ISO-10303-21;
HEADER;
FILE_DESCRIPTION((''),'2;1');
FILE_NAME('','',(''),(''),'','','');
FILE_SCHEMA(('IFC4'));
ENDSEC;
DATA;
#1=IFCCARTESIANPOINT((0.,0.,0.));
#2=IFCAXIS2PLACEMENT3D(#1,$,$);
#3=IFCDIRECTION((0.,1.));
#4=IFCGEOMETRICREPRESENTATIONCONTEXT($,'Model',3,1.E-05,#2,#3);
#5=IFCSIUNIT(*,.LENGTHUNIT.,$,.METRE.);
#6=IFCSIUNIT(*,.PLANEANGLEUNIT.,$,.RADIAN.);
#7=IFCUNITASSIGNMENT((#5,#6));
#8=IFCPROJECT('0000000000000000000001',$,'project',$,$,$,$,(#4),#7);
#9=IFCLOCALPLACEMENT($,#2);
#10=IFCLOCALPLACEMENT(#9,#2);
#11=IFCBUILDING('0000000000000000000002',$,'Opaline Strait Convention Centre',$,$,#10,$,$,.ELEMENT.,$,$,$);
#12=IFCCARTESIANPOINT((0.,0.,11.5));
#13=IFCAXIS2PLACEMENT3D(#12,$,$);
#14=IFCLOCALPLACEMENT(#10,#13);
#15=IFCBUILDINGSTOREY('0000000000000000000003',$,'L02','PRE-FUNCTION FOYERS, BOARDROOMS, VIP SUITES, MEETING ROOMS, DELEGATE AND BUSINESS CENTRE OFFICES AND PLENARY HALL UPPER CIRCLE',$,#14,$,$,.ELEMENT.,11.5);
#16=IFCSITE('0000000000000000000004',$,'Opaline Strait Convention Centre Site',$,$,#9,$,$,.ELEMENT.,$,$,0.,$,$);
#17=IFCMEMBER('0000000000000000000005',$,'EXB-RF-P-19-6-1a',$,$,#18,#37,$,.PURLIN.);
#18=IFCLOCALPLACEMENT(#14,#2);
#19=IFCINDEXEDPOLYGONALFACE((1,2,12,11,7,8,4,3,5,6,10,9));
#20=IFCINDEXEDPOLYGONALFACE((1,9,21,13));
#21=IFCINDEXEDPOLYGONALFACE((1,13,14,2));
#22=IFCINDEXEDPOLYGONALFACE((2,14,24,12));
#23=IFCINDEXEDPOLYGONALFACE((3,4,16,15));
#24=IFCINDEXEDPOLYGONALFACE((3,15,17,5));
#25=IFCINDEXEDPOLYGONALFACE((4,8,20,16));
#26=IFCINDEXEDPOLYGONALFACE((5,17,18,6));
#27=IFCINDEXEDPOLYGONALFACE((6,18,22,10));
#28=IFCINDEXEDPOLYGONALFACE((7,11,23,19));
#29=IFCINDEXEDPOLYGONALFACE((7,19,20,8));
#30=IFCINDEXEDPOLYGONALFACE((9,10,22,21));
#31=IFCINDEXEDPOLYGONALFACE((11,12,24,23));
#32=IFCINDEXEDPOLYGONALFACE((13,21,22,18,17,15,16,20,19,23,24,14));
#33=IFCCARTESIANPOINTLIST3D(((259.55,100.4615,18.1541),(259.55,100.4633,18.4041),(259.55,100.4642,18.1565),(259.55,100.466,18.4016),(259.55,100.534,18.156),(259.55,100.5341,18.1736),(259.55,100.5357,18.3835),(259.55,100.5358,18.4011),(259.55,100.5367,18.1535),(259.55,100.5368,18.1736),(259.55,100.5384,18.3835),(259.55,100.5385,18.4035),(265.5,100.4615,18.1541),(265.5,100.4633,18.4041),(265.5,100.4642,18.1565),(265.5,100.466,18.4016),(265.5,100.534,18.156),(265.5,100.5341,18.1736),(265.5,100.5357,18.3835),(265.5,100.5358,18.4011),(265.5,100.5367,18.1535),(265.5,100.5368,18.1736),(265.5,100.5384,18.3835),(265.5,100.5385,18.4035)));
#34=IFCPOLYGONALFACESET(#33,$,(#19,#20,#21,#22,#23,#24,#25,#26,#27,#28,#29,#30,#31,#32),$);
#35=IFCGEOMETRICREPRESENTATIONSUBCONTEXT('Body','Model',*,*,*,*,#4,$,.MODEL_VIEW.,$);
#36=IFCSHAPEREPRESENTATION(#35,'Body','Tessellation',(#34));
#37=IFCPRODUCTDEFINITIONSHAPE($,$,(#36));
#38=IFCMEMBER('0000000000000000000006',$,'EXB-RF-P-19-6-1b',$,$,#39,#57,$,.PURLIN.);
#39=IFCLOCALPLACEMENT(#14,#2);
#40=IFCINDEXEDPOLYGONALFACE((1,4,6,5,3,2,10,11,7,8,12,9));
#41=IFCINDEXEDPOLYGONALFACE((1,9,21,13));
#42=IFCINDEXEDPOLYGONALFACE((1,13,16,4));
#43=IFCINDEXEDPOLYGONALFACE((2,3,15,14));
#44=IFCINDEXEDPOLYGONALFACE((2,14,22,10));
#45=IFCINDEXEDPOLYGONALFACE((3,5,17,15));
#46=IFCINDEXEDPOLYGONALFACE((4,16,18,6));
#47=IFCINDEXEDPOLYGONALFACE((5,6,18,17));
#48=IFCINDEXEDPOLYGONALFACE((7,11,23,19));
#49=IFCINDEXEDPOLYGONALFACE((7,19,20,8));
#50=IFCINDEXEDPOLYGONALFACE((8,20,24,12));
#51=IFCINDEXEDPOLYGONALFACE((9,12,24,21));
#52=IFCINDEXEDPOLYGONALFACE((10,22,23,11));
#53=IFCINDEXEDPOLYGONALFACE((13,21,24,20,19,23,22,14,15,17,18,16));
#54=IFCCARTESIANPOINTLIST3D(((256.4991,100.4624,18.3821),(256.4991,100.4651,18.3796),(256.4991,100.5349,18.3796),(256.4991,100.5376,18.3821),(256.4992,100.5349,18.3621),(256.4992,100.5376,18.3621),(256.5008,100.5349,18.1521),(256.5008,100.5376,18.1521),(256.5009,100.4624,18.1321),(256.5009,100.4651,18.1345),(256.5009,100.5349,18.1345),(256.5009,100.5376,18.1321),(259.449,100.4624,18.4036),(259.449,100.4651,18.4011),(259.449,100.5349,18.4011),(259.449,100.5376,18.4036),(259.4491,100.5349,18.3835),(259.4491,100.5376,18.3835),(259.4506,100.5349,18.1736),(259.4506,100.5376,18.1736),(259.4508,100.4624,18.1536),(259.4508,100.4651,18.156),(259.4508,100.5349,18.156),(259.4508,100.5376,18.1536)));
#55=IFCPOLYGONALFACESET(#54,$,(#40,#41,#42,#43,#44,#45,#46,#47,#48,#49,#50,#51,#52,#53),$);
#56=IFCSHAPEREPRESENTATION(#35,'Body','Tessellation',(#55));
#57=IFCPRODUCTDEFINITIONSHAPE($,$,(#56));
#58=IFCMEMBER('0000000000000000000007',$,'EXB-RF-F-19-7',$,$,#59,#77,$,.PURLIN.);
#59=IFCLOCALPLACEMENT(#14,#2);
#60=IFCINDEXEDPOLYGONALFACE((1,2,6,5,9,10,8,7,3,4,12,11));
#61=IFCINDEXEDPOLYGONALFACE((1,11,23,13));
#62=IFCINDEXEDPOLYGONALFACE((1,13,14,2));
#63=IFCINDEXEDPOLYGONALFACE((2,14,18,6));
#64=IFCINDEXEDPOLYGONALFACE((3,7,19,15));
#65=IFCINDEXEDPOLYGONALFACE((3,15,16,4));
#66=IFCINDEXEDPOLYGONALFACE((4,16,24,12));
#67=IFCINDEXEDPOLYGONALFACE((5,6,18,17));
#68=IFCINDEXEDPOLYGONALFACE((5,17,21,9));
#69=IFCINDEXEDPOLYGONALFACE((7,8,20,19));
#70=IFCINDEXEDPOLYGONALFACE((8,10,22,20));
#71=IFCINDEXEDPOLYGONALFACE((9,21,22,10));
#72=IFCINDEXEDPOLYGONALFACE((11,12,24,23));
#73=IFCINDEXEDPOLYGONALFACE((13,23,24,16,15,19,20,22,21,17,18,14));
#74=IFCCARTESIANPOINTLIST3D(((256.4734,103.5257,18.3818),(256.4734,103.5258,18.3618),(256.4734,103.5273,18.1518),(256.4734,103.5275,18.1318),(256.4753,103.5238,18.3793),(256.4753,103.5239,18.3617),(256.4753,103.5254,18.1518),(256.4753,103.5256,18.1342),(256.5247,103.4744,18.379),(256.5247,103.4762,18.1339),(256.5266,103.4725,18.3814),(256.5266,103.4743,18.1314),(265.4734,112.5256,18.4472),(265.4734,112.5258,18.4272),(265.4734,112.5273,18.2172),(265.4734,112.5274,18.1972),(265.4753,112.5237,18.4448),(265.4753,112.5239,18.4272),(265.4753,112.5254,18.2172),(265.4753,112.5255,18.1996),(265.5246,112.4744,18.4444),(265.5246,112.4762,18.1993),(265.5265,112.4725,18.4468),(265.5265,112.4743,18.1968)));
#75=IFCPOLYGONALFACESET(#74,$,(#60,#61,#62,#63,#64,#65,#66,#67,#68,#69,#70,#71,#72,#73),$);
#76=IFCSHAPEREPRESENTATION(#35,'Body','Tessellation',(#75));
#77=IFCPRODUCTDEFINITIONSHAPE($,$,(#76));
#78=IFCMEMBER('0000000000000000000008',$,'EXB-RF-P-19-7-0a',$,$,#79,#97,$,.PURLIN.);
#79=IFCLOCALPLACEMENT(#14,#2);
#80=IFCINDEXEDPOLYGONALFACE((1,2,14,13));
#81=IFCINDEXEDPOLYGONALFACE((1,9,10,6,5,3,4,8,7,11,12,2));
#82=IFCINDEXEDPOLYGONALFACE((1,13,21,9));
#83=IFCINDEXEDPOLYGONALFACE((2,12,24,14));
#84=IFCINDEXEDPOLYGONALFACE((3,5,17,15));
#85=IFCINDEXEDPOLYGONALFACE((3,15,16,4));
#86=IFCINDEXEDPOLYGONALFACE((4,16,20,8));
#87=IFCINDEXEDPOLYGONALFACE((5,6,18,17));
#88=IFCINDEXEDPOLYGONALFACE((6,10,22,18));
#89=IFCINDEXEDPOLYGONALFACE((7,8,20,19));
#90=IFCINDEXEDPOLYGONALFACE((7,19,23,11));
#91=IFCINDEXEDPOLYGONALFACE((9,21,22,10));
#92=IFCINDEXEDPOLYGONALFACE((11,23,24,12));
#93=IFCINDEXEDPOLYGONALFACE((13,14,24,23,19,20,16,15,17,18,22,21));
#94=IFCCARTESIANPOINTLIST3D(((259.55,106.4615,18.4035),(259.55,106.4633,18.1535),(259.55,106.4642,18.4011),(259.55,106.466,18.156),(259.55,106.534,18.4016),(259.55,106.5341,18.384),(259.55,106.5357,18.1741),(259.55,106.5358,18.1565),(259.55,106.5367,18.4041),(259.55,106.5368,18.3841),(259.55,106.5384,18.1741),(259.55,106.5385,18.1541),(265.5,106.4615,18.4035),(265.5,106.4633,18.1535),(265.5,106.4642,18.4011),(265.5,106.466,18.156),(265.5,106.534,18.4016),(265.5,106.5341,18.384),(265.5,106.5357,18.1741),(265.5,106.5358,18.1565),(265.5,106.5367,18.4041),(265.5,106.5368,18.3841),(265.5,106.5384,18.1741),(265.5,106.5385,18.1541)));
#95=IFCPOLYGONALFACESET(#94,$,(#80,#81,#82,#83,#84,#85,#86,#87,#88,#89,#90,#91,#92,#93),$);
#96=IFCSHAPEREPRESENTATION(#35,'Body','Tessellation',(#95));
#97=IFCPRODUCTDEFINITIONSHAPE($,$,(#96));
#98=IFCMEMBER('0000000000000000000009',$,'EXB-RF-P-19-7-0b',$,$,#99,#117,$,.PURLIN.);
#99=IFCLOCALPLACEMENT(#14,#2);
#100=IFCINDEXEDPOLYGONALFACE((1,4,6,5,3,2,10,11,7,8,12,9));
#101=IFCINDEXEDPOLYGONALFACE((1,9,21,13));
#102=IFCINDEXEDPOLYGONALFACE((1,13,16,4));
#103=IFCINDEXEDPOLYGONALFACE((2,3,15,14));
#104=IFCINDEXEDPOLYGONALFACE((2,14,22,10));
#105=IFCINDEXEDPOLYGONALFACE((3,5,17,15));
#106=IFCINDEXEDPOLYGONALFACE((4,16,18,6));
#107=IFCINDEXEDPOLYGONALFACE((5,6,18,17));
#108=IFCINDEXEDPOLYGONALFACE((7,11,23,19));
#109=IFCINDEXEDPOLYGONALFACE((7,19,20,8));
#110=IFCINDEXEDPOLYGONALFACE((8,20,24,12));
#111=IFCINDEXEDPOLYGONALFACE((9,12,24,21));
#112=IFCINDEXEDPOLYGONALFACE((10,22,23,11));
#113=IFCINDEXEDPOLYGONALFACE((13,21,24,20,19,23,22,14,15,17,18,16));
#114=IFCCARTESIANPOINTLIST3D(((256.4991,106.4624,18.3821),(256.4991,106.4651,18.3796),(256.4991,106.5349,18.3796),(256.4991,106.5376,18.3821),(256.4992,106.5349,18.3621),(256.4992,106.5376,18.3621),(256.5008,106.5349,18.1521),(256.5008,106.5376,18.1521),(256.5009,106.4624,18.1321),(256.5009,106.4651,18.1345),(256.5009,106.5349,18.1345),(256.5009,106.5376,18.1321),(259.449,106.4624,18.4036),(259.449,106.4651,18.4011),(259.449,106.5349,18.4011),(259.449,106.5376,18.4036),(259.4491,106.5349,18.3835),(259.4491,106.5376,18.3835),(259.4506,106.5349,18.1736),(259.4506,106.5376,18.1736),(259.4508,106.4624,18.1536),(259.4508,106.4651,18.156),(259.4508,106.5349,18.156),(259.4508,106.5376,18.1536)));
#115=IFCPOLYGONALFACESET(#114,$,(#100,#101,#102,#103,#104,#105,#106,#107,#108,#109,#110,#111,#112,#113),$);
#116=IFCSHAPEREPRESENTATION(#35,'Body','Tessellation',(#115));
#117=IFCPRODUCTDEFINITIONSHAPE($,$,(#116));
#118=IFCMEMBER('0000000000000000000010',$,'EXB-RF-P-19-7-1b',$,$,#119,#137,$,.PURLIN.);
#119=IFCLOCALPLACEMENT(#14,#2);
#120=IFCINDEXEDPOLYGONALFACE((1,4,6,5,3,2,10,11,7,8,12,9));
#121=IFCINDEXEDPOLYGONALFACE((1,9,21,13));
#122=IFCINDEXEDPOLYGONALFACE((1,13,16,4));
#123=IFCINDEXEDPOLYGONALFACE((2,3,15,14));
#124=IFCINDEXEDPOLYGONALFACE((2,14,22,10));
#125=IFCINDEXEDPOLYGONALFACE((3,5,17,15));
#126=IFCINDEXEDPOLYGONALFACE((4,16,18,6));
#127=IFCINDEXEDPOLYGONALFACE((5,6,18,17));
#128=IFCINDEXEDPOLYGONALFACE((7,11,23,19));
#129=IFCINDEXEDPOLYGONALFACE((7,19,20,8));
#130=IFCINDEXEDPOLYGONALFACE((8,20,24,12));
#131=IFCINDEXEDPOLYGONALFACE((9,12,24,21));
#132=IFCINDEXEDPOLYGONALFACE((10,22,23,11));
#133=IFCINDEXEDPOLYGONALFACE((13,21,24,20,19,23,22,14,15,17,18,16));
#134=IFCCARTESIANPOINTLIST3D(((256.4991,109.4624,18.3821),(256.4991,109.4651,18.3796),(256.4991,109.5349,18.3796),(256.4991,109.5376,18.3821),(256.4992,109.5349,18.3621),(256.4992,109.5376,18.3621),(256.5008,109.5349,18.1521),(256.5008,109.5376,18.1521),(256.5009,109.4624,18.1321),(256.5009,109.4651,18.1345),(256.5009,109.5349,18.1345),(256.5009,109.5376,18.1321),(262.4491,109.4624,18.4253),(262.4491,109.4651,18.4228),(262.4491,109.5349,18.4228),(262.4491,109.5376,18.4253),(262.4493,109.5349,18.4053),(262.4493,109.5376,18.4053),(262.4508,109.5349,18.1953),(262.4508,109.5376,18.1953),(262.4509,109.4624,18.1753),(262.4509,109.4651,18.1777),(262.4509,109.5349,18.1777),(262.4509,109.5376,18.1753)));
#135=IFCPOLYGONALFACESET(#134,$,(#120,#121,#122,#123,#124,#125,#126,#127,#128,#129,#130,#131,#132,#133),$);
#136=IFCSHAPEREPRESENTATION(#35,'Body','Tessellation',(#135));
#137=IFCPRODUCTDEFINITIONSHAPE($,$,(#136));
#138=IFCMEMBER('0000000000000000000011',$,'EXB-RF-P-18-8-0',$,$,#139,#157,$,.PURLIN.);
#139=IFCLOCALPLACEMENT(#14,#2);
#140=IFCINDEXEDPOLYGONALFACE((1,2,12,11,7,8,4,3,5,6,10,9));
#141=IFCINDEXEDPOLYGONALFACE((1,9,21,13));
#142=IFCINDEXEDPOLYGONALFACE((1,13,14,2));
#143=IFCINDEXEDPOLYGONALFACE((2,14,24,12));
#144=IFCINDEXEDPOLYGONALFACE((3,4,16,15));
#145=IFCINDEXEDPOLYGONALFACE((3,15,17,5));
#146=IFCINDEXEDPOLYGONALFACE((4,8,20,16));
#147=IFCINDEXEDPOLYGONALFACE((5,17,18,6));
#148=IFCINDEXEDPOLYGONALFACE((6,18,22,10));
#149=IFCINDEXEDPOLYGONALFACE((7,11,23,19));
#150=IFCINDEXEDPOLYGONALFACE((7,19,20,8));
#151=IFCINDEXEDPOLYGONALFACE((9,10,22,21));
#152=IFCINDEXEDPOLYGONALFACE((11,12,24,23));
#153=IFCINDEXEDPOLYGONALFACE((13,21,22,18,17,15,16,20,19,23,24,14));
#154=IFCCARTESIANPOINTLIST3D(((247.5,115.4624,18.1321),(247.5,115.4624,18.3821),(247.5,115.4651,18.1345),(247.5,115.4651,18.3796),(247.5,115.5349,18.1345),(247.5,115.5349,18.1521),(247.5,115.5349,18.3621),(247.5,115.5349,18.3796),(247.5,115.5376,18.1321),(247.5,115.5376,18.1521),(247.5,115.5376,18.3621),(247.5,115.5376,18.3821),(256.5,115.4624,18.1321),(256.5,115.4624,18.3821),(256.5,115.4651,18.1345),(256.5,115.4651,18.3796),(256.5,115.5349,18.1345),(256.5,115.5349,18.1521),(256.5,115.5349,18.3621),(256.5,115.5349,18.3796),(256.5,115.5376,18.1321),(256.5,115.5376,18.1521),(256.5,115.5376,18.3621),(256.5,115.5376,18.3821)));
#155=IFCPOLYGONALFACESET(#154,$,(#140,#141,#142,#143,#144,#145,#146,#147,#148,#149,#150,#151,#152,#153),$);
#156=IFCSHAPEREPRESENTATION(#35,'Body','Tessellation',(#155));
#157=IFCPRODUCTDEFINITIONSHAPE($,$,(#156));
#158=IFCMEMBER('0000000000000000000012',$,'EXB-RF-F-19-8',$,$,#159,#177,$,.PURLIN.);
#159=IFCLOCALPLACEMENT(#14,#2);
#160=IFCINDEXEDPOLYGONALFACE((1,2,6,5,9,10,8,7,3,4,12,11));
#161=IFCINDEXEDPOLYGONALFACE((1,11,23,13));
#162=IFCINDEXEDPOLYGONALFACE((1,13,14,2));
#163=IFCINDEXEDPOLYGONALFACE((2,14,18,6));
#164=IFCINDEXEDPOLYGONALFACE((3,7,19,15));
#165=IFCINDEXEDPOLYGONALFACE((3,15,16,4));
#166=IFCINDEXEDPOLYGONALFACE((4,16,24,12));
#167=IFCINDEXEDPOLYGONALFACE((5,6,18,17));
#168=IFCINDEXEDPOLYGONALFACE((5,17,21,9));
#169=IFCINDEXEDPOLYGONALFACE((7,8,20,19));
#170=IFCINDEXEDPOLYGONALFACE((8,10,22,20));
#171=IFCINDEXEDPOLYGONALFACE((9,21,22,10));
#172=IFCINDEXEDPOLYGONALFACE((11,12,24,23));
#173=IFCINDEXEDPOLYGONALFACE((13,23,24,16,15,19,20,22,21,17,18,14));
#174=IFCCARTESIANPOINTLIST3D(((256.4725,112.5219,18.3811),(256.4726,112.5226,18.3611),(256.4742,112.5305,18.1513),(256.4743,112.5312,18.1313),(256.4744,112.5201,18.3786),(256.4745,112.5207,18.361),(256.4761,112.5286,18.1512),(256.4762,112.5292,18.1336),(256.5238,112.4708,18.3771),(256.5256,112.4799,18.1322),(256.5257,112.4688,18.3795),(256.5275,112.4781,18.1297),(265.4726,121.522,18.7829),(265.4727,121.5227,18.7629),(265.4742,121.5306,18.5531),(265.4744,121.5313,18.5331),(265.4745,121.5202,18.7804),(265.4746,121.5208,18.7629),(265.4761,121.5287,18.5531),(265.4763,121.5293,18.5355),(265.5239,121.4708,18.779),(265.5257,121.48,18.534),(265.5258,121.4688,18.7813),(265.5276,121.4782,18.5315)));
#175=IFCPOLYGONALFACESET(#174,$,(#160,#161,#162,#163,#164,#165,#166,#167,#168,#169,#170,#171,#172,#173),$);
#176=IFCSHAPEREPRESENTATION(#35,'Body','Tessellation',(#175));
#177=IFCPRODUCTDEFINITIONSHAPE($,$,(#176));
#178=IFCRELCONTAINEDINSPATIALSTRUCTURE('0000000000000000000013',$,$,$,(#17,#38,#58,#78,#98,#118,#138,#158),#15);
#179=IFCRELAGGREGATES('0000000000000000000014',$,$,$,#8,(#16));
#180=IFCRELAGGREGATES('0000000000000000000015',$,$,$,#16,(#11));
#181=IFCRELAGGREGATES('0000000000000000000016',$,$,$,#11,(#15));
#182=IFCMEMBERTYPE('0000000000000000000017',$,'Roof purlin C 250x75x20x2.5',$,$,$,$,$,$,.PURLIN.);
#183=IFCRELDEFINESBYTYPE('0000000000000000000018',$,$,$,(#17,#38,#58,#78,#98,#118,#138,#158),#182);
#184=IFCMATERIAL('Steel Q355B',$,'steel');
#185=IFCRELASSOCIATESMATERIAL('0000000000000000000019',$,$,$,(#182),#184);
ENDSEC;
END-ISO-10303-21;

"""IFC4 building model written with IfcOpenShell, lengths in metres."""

from ifc_helpers import new_model, si_unit, direction, frame, origin, place, context, subcontext, project, spatial, polyline, outline, extrude, material, material_profile, profile_set, type_object, element, save


model = new_model("IFC4")

# Units and contexts
model_context = context("Model", 3, precision=1e-05, world=origin(), true_north=direction((0.0, 1.0)))
body_context = subcontext(model_context, "Body", "Model", "MODEL_VIEW")
ifc_project = project(units=[si_unit("LENGTHUNIT", "METRE"), si_unit("PLANEANGLEUNIT", "RADIAN")], contexts=[model_context])

# Site, building, storey
site_placement = place(None, origin())
site = spatial("IfcSite", under=ifc_project, at=site_placement, Name="Opaline Strait Convention Centre Site", CompositionType="ELEMENT", RefElevation=0.0)
building_placement = place(site_placement, origin())
building = spatial("IfcBuilding", under=site, at=building_placement, Name="Opaline Strait Convention Centre", CompositionType="ELEMENT")
storey_placement = place(building_placement, frame((0.0, 0.0, 11.5)))
storey = spatial("IfcBuildingStorey", under=building, at=storey_placement, Name="L02", Description="PRE-FUNCTION FOYERS, BOARDROOMS, VIP SUITES, MEETING ROOMS, DELEGATE AND BUSINESS CENTRE OFFICES AND PLENARY HALL UPPER CIRCLE", CompositionType="ELEMENT", Elevation=11.5)

# Members
ifc_material = material(Name="Steel Q355B", Category="steel")
ifc_material_profile_1 = material_profile(ifc_material, outline(polyline([(-0.0376, -0.125), (0.0376, -0.125), (0.0376, -0.105), (0.0349, -0.105), (0.0349, -0.1226), (-0.0349, -0.1226), (-0.0349, 0.1226), (0.0349, 0.1226), (0.0349, 0.105), (0.0376, 0.105), (0.0376, 0.125), (-0.0376, 0.125), (-0.0376, -0.125)])), Name="C 250x75x20x2.5")
ifc_profile_set_1 = profile_set([ifc_material_profile_1], Name="Steel Q355B")
member_type_1 = type_object("IfcMemberType", Name="Roof purlin C 250x75x20x2.5", PredefinedType="PURLIN", material=ifc_profile_set_1)
member_1_placement = place(storey_placement, frame((259.55, 100.5, 18.2788), z_axis=(1.0, 0.0, 0.0), x_axis=(0.0, 0.999974, -0.007274)))
element("IfcMember", 1, at=member_1_placement, inside=storey, type_object=member_type_1, Name="EXB-RF-P-19-6-1a", PredefinedType="PURLIN", context=body_context, shape_type="SweptSolid", body=[
    extrude(outline(polyline([(-0.0376, -0.125), (0.0376, -0.125), (0.0376, -0.105), (0.0349, -0.105), (0.0349, -0.1226), (-0.0349, -0.1226), (-0.0349, 0.1226), (0.0349, 0.1226), (0.0349, 0.105), (0.0376, 0.105), (0.0376, 0.125), (-0.0376, 0.125), (-0.0376, -0.125)])), origin(), (0.0, 0.0, 1.0), 5.95),
])
member_2_placement = place(storey_placement, frame((256.5, 100.5, 18.2571), z_axis=(0.999973, 0.0, 0.007283), x_axis=(0.0, 1.0, 0.0)))
element("IfcMember", 2, at=member_2_placement, inside=storey, type_object=member_type_1, Name="EXB-RF-P-19-6-1b", PredefinedType="PURLIN", context=body_context, shape_type="SweptSolid", body=[
    extrude(outline(polyline([(-0.0376, -0.125), (0.0376, -0.125), (0.0376, -0.105), (0.0349, -0.105), (0.0349, -0.1226), (-0.0349, -0.1226), (-0.0349, 0.1226), (0.0349, 0.1226), (0.0349, 0.105), (0.0376, 0.105), (0.0376, 0.125), (-0.0376, 0.125), (-0.0376, -0.125)])), origin(), (0.0, 0.0, 1.0), 2.95),
])
member_3_placement = place(storey_placement, frame((256.5, 103.5, 18.2566), z_axis=(0.707097, 0.707097, 0.005141), x_axis=(-0.707116, 0.707079, 0.005143)))
element("IfcMember", 3, at=member_3_placement, inside=storey, type_object=member_type_1, Name="EXB-RF-F-19-7", PredefinedType="PURLIN", context=body_context, shape_type="SweptSolid", body=[
    extrude(outline(polyline([(-0.0376, -0.125), (0.0376, -0.125), (0.0376, -0.105), (0.0349, -0.105), (0.0349, -0.1226), (-0.0349, -0.1226), (-0.0349, 0.1226), (0.0349, 0.1226), (0.0349, 0.105), (0.0376, 0.105), (0.0376, 0.125), (-0.0376, 0.125), (-0.0376, -0.125)])), origin(), (0.0, 0.0, 1.0), 12.728),
])
member_4_placement = place(storey_placement, frame((259.55, 106.5, 18.2788), z_axis=(1.0, 0.0, 0.0), x_axis=(0.0, 0.999974, 0.007274)))
element("IfcMember", 4, at=member_4_placement, inside=storey, type_object=member_type_1, Name="EXB-RF-P-19-7-0a", PredefinedType="PURLIN", context=body_context, shape_type="SweptSolid", body=[
    extrude(outline(polyline([(-0.0376, -0.125), (0.0376, -0.125), (0.0376, -0.105), (0.0349, -0.105), (0.0349, -0.1226), (-0.0349, -0.1226), (-0.0349, 0.1226), (0.0349, 0.1226), (0.0349, 0.105), (0.0376, 0.105), (0.0376, 0.125), (-0.0376, 0.125), (-0.0376, -0.125)])), origin(), (0.0, 0.0, 1.0), 5.95),
])
member_5_placement = place(storey_placement, frame((256.5, 106.5, 18.2571), z_axis=(0.999973, 0.0, 0.007283), x_axis=(0.0, 1.0, 0.0)))
element("IfcMember", 5, at=member_5_placement, inside=storey, type_object=member_type_1, Name="EXB-RF-P-19-7-0b", PredefinedType="PURLIN", context=body_context, shape_type="SweptSolid", body=[
    extrude(outline(polyline([(-0.0376, -0.125), (0.0376, -0.125), (0.0376, -0.105), (0.0349, -0.105), (0.0349, -0.1226), (-0.0349, -0.1226), (-0.0349, 0.1226), (0.0349, 0.1226), (0.0349, 0.105), (0.0376, 0.105), (0.0376, 0.125), (-0.0376, 0.125), (-0.0376, -0.125)])), origin(), (0.0, 0.0, 1.0), 2.95),
])
member_6_placement = place(storey_placement, frame((256.5, 109.5, 18.2571), z_axis=(0.999974, 0.0, 0.007263), x_axis=(0.0, 1.0, 0.0)))
element("IfcMember", 6, at=member_6_placement, inside=storey, type_object=member_type_1, Name="EXB-RF-P-19-7-1b", PredefinedType="PURLIN", context=body_context, shape_type="SweptSolid", body=[
    extrude(outline(polyline([(-0.0376, -0.125), (0.0376, -0.125), (0.0376, -0.105), (0.0349, -0.105), (0.0349, -0.1226), (-0.0349, -0.1226), (-0.0349, 0.1226), (0.0349, 0.1226), (0.0349, 0.105), (0.0376, 0.105), (0.0376, 0.125), (-0.0376, 0.125), (-0.0376, -0.125)])), origin(), (0.0, 0.0, 1.0), 5.9502),
])
member_7_placement = place(storey_placement, frame((247.5, 115.5, 18.2571), z_axis=(1.0, 0.0, 0.0), x_axis=(0.0, 1.0, 0.0)))
element("IfcMember", 7, at=member_7_placement, inside=storey, type_object=member_type_1, Name="EXB-RF-P-18-8-0", PredefinedType="PURLIN", context=body_context, shape_type="SweptSolid", body=[
    extrude(outline(polyline([(-0.0376, -0.125), (0.0376, -0.125), (0.0376, -0.105), (0.0349, -0.105), (0.0349, -0.1226), (-0.0349, -0.1226), (-0.0349, 0.1226), (0.0349, 0.1226), (0.0349, 0.105), (0.0376, 0.105), (0.0376, 0.125), (-0.0376, 0.125), (-0.0376, -0.125)])), origin(), (0.0, 0.0, 1.0), 9.0),
])
member_8_placement = place(storey_placement, frame((256.5, 112.5, 18.2554), z_axis=(0.706755, 0.706755, 0.031557), x_axis=(-0.707421, 0.706472, 0.02126)))
element("IfcMember", 8, at=member_8_placement, inside=storey, type_object=member_type_1, Name="EXB-RF-F-19-8", PredefinedType="PURLIN", context=body_context, shape_type="SweptSolid", body=[
    extrude(outline(polyline([(-0.0376, -0.125), (0.0376, -0.125), (0.0376, -0.105), (0.0349, -0.105), (0.0349, -0.1226), (-0.0349, -0.1226), (-0.0349, 0.1226), (0.0349, 0.1226), (0.0349, 0.105), (0.0376, 0.105), (0.0376, 0.125), (-0.0376, 0.125), (-0.0376, -0.125)])), origin(), (0.0, 0.0, 1.0), 12.7344),
])

save(model, "model.ifc")
